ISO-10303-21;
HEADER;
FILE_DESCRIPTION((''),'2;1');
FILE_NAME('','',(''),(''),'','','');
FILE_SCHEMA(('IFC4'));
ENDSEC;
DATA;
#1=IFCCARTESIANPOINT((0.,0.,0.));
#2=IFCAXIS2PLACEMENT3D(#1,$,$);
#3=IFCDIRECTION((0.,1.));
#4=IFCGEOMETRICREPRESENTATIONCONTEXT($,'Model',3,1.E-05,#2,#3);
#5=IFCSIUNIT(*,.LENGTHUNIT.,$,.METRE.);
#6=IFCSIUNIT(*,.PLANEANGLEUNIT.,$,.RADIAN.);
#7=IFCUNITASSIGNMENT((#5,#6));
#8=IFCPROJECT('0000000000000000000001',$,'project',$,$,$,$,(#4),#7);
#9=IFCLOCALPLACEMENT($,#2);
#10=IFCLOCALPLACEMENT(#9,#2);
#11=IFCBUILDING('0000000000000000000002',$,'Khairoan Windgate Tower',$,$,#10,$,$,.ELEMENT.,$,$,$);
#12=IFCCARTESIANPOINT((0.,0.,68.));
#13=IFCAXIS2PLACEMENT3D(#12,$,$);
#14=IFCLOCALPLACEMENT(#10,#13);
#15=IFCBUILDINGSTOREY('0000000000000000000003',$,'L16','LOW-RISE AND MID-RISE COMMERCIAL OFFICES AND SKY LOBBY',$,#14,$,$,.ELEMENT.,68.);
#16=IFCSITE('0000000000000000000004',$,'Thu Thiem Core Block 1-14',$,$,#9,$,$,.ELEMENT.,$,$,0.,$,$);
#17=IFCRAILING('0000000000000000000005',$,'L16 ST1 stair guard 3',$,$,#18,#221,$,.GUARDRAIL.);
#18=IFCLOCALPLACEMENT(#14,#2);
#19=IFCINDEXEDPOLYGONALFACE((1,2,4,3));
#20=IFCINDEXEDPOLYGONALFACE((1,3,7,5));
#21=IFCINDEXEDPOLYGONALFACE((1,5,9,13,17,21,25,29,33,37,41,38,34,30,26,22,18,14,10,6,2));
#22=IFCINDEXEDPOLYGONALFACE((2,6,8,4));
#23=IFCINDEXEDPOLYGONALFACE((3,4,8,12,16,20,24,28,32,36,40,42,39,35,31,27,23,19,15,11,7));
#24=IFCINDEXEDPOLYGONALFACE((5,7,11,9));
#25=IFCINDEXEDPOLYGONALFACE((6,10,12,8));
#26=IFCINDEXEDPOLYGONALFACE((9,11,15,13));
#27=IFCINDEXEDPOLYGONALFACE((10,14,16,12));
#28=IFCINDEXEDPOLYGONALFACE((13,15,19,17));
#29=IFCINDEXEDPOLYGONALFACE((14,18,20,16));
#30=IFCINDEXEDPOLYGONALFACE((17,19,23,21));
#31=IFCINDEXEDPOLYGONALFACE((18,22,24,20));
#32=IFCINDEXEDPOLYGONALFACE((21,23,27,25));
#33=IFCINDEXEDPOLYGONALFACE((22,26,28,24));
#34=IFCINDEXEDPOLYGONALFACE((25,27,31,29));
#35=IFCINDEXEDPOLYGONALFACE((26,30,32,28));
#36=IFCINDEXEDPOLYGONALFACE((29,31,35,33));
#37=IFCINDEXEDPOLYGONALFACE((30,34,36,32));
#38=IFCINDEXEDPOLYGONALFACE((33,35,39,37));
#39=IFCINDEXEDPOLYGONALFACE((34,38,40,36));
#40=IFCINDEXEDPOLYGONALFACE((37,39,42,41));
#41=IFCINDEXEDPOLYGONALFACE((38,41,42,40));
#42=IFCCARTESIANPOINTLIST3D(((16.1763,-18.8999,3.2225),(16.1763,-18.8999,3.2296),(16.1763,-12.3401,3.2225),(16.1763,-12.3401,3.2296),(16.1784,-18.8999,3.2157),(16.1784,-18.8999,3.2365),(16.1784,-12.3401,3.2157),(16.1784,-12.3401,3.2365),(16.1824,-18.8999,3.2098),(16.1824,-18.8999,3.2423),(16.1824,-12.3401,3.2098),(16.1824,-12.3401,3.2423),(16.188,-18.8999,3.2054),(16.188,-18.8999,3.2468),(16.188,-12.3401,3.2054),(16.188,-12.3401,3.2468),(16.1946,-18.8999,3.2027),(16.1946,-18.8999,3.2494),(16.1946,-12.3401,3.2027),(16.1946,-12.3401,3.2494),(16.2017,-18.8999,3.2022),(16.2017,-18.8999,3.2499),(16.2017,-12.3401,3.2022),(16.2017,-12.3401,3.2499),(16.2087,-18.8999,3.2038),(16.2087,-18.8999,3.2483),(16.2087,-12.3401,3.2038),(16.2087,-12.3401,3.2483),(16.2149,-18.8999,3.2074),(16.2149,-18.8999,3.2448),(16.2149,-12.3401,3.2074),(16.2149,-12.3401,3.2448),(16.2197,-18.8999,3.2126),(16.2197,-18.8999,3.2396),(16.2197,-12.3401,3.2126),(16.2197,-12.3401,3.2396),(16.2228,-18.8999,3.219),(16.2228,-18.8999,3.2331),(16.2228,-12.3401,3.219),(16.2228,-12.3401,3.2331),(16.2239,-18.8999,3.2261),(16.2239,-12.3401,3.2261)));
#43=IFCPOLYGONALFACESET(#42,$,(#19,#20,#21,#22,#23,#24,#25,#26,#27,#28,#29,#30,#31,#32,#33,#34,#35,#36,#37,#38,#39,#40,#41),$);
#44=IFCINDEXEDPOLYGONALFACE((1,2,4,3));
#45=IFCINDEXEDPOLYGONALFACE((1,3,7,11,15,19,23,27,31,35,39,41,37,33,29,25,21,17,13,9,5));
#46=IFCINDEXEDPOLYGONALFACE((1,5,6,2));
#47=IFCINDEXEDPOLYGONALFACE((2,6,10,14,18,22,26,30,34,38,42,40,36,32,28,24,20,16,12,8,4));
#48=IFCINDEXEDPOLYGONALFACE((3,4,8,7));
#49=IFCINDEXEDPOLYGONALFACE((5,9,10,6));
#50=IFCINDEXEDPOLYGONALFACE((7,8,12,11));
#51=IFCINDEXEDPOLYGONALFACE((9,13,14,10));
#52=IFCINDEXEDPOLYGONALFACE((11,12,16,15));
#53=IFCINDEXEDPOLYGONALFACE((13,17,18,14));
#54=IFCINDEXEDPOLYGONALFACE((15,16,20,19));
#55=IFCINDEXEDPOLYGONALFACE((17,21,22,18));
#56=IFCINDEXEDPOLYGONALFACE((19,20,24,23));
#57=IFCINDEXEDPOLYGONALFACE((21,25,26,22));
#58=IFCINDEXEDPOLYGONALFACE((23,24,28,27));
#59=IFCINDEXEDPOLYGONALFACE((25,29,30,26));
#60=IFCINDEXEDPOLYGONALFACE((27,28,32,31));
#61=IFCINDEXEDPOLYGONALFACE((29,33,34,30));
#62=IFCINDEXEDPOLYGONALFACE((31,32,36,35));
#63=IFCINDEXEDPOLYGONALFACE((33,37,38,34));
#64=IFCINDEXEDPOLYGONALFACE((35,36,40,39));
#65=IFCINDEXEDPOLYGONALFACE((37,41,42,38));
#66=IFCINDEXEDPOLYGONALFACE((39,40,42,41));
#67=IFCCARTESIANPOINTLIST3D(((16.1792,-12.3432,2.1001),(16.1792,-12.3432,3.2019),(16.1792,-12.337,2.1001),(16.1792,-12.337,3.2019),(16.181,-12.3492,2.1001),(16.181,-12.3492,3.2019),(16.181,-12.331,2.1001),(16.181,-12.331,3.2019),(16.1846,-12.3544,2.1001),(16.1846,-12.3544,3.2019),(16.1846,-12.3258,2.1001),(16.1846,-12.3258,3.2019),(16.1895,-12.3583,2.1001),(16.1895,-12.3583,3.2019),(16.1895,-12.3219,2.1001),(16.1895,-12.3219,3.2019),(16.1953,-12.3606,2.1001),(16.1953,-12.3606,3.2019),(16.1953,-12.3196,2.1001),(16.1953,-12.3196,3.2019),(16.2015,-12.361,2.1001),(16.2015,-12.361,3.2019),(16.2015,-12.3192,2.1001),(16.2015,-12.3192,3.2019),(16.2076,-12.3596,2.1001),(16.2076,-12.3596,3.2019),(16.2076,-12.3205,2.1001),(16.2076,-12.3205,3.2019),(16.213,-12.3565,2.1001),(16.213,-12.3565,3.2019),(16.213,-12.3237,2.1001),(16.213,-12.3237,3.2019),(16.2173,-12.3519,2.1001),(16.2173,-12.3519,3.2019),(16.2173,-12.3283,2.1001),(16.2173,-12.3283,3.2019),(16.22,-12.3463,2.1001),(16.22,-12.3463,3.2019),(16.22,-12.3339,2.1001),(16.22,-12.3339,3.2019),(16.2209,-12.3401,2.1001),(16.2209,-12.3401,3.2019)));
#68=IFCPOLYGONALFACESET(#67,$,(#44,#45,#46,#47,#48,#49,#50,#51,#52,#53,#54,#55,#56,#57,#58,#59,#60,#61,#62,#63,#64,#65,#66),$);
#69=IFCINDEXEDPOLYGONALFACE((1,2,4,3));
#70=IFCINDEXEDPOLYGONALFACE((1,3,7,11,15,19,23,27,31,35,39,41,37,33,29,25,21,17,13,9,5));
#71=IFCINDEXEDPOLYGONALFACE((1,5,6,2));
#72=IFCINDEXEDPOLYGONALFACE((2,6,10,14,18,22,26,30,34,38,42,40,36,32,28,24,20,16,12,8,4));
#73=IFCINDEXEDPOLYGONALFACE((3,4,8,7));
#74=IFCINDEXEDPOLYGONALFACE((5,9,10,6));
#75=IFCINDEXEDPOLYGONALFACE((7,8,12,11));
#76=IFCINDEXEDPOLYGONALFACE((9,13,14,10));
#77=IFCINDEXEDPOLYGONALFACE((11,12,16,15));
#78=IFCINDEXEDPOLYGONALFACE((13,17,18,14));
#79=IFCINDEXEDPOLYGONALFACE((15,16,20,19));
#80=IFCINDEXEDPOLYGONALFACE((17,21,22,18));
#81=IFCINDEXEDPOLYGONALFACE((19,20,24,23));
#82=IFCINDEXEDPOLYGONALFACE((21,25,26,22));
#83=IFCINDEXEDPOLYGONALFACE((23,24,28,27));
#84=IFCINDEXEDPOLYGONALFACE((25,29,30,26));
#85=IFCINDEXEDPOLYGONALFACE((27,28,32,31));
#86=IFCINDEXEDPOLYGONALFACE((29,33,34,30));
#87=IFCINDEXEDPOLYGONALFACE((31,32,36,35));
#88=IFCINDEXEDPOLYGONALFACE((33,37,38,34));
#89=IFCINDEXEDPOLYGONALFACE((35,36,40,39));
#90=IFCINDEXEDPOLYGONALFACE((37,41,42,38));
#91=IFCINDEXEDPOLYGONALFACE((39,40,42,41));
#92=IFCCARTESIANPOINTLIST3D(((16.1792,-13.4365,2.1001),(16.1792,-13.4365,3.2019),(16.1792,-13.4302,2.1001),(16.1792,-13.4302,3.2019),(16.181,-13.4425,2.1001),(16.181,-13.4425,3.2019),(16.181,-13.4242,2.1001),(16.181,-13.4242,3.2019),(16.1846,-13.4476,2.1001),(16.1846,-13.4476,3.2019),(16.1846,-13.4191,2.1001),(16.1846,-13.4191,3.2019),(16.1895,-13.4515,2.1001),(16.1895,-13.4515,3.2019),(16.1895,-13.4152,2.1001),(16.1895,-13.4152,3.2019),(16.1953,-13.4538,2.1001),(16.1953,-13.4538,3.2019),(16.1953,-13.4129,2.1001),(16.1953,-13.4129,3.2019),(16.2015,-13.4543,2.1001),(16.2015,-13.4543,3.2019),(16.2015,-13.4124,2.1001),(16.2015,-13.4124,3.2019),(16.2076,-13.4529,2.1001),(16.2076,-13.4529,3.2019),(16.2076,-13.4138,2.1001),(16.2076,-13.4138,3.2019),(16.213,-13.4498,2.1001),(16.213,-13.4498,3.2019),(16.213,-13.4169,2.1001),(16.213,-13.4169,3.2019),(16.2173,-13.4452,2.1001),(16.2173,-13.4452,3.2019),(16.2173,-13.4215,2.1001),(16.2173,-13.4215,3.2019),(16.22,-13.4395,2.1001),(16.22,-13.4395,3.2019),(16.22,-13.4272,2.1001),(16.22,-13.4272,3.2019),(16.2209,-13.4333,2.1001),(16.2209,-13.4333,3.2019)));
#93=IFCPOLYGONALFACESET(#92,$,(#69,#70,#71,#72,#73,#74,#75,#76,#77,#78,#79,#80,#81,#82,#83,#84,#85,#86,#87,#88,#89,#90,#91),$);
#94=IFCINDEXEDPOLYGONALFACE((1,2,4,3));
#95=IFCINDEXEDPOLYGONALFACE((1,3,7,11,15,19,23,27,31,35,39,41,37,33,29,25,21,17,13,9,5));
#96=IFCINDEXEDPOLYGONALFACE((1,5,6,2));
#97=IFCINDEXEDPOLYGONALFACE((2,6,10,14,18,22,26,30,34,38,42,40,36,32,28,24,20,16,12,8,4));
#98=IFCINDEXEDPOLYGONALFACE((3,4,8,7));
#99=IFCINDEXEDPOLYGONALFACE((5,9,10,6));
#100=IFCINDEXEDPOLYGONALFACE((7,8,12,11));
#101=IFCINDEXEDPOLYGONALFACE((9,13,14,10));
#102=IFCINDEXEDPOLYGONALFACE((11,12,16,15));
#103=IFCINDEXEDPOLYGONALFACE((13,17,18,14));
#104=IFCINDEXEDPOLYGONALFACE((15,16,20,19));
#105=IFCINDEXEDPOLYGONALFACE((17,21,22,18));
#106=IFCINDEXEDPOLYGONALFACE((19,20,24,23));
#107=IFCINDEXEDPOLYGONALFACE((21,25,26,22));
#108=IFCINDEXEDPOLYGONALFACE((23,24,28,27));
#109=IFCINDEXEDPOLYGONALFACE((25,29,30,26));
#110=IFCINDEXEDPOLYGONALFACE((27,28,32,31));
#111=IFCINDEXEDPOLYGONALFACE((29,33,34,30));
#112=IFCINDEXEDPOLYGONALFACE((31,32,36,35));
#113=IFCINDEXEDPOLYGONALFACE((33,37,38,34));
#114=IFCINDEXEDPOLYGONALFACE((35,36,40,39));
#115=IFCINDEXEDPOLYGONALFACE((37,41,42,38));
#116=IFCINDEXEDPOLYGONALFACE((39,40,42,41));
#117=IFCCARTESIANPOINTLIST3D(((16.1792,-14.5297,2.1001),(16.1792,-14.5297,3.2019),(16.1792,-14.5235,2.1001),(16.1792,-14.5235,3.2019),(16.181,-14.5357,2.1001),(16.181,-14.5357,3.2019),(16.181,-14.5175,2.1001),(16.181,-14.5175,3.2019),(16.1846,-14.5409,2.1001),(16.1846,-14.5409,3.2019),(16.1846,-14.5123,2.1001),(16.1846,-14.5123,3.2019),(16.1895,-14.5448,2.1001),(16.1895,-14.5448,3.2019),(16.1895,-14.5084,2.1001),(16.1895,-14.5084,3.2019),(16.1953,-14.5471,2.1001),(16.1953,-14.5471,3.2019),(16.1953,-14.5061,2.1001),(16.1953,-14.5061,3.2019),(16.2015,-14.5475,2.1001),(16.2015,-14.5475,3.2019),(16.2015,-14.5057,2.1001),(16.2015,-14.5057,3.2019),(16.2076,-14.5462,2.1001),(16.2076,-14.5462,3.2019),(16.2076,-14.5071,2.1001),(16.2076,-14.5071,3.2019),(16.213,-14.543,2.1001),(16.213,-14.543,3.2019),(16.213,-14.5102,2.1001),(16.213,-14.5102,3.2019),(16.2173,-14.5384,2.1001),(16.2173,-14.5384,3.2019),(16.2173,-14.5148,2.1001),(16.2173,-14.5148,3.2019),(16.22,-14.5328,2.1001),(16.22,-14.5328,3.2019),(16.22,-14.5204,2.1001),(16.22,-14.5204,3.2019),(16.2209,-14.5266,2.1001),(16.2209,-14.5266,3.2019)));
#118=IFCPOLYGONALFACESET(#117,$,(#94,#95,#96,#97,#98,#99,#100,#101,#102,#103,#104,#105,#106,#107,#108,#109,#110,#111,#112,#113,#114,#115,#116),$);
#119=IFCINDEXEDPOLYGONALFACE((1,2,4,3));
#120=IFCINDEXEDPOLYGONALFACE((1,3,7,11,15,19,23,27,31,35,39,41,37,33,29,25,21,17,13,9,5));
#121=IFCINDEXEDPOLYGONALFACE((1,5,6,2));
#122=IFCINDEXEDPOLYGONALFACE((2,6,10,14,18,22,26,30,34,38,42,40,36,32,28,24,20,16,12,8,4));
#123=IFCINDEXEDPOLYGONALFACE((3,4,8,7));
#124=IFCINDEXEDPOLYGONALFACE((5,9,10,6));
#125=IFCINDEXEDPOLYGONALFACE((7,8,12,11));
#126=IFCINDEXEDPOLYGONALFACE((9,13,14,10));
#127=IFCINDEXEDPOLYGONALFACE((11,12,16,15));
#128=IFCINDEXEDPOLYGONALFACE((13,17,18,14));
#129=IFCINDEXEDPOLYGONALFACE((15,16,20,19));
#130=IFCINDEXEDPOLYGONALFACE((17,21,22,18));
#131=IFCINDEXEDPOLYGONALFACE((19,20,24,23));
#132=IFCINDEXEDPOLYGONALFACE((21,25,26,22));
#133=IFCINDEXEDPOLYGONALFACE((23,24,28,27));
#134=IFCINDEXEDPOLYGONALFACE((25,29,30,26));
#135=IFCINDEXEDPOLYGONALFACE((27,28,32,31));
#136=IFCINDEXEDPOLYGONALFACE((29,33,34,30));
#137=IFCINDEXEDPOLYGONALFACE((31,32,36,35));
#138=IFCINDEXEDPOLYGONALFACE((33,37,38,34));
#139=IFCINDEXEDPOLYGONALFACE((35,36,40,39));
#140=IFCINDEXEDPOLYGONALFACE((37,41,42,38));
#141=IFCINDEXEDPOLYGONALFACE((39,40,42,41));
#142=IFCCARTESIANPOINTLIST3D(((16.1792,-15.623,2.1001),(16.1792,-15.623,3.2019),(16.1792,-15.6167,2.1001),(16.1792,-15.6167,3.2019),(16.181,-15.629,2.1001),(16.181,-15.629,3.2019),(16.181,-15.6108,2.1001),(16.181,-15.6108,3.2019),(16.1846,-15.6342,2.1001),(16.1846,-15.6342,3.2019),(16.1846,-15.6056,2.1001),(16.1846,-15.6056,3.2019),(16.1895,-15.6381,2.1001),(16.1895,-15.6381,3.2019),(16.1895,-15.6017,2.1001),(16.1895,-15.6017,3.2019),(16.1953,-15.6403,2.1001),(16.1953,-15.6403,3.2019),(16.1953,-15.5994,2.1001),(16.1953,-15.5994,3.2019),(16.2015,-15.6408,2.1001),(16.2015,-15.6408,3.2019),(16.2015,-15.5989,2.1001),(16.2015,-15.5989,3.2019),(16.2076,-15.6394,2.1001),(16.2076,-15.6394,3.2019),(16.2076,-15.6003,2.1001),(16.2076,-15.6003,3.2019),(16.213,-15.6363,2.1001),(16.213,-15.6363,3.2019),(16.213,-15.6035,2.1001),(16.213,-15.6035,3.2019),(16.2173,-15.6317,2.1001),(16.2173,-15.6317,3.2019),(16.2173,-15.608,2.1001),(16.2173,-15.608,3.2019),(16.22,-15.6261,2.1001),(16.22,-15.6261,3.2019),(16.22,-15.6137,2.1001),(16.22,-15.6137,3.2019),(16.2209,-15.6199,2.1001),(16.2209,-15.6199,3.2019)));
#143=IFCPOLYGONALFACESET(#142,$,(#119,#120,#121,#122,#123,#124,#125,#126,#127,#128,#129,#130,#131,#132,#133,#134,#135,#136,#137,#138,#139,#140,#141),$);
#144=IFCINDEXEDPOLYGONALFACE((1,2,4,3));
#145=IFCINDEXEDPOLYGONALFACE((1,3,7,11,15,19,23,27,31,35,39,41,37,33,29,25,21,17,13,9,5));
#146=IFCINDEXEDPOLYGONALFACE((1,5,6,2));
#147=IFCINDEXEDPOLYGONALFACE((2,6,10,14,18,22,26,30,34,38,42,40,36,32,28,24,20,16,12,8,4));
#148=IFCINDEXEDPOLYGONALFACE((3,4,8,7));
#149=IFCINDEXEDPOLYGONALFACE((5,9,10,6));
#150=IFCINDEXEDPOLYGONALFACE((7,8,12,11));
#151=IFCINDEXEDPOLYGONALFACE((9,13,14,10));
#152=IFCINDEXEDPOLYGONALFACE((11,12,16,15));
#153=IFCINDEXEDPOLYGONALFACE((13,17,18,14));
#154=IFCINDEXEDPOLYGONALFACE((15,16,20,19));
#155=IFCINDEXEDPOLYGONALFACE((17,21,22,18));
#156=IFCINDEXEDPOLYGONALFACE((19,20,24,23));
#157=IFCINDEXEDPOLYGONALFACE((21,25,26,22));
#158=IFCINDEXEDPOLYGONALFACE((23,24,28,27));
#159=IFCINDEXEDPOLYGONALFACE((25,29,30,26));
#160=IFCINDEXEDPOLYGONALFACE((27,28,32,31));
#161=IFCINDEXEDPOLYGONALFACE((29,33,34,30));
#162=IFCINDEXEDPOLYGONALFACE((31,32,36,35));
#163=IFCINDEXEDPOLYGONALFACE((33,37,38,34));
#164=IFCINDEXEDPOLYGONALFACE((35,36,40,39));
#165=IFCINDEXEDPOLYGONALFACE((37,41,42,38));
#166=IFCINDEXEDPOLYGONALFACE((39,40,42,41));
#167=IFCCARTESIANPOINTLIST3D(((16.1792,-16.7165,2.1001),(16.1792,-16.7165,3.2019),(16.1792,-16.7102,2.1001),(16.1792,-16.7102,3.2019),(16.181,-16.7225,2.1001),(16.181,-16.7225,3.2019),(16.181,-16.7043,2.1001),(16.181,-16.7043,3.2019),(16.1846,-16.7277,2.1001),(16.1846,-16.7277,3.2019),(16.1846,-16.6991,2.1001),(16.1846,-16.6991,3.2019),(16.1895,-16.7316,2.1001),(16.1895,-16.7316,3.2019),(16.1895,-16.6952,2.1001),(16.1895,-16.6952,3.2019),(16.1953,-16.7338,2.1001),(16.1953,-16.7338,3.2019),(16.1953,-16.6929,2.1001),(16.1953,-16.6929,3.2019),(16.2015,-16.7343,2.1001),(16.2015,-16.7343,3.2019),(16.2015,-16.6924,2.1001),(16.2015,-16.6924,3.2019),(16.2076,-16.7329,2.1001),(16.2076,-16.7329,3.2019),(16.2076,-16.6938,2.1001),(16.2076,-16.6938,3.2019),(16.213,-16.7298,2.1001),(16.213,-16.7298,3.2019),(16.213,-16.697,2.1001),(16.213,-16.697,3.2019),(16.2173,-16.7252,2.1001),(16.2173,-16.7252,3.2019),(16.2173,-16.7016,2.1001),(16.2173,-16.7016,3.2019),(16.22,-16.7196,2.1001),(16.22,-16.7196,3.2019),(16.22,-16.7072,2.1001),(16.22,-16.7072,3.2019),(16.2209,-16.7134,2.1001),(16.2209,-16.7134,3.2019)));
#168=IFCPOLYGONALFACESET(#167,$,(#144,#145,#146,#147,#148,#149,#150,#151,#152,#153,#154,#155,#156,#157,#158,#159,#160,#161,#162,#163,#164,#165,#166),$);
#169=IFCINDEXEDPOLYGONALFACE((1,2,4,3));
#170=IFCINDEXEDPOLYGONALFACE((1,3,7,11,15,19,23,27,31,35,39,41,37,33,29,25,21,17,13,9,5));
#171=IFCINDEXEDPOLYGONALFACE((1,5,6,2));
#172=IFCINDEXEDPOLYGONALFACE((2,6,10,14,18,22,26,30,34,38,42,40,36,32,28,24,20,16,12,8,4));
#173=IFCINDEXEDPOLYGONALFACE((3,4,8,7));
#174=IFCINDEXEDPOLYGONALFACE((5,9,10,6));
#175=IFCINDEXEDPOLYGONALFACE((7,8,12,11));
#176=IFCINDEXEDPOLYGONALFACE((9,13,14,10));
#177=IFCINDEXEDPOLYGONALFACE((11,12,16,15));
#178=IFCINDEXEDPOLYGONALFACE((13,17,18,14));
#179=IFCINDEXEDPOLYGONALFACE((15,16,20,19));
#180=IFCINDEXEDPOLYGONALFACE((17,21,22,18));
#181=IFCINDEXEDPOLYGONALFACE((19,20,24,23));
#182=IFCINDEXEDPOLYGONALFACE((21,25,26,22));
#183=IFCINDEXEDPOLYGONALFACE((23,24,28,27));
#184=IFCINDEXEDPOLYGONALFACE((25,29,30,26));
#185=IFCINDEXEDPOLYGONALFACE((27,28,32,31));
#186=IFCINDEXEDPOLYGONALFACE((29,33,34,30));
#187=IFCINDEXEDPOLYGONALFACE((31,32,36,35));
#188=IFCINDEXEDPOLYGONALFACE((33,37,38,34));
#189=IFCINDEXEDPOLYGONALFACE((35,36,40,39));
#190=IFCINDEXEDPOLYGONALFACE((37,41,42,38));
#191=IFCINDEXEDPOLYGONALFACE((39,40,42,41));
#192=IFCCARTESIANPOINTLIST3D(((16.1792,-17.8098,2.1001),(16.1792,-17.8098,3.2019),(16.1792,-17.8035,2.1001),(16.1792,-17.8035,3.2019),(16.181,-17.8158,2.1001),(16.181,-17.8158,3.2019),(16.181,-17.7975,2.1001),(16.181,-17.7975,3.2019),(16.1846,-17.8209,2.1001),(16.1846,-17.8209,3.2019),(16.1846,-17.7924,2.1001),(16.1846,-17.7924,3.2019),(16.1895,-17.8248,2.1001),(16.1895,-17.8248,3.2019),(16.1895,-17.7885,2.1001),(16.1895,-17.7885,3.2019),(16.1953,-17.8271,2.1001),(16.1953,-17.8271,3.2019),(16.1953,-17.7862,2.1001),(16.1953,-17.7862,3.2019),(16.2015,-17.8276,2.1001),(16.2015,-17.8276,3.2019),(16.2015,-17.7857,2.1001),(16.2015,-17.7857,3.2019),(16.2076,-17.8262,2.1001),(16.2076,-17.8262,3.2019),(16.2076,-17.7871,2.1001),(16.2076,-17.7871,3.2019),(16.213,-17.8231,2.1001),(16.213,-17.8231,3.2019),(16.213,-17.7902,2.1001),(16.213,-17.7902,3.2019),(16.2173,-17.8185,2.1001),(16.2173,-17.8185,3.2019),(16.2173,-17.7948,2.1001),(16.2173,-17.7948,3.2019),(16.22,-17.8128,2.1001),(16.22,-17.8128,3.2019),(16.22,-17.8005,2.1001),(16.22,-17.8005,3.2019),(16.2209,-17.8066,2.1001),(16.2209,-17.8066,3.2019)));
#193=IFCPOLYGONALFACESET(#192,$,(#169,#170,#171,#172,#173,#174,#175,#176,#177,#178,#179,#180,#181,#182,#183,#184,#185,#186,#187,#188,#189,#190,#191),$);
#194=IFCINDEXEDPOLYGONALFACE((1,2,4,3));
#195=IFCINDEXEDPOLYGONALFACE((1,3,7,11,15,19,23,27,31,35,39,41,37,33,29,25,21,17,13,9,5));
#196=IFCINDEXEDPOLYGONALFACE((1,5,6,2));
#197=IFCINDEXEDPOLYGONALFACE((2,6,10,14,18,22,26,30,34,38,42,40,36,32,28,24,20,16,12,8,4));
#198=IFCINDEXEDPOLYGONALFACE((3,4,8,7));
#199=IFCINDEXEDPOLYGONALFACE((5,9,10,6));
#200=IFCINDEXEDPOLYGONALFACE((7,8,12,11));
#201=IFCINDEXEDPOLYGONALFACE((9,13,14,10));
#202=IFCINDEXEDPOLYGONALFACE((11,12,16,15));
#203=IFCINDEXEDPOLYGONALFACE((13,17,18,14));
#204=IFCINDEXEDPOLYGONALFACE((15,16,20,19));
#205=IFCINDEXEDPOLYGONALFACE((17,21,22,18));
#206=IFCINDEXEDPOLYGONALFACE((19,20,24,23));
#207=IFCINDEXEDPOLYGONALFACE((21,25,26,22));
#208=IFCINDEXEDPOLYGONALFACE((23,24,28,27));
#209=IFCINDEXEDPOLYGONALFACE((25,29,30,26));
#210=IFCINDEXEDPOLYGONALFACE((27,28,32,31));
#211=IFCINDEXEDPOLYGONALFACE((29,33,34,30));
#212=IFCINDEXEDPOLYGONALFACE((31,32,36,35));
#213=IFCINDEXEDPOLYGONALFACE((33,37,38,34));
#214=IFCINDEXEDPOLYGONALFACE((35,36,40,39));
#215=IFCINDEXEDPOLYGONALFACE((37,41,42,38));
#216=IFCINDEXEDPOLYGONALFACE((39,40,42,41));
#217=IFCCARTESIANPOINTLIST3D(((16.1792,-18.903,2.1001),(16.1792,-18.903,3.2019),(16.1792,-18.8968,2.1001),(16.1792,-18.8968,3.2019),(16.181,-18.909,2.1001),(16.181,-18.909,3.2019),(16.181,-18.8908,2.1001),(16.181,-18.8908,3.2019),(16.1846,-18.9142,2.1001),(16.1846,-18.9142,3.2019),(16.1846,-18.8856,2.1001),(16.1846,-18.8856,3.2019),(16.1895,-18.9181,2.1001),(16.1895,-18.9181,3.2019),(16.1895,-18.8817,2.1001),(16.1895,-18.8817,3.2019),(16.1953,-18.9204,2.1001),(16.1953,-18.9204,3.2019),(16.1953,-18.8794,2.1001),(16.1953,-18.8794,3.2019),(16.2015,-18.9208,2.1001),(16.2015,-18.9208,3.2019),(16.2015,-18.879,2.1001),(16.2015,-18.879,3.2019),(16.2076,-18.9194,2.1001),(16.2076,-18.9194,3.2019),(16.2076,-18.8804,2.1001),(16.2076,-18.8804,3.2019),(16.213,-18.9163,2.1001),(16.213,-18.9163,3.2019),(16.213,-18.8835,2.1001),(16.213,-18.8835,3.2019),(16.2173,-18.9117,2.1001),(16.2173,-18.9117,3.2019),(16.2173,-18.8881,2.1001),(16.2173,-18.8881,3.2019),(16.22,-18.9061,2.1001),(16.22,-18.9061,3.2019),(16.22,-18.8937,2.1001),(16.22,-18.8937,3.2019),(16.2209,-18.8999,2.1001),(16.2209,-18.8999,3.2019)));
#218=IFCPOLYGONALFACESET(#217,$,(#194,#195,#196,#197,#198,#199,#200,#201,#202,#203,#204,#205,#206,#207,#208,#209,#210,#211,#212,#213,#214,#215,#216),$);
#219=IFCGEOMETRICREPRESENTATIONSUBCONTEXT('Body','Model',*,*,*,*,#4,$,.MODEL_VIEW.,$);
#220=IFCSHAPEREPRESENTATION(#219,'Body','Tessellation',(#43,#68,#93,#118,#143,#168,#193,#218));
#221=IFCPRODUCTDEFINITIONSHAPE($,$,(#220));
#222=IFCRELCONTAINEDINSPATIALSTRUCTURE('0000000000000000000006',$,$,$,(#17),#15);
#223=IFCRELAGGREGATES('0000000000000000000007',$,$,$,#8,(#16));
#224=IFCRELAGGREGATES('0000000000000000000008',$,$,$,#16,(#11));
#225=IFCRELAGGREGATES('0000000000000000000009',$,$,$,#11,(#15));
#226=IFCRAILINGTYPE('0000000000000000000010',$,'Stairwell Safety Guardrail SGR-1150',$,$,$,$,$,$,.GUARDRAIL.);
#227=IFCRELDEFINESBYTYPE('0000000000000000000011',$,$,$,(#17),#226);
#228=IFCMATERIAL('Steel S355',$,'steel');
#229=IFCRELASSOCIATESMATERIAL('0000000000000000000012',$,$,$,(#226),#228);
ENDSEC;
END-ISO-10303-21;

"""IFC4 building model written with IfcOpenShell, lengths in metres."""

from ifc_helpers import new_model, si_unit, direction, frame, origin, origin_2d, place, context, subcontext, project, spatial, circle, extrude, material, type_object, element, save


model = new_model("IFC4")

# Units and contexts
model_context = context("Model", 3, precision=1e-05, world=origin(), true_north=direction((0.0, 1.0)))
body_context = subcontext(model_context, "Body", "Model", "MODEL_VIEW")
ifc_project = project(units=[si_unit("LENGTHUNIT", "METRE"), si_unit("PLANEANGLEUNIT", "RADIAN")], contexts=[model_context])

# Site, building, storey
site_placement = place(None, origin())
site = spatial("IfcSite", under=ifc_project, at=site_placement, Name="Thu Thiem Core Block 1-14", CompositionType="ELEMENT", RefElevation=0.0)
building_placement = place(site_placement, origin())
building = spatial("IfcBuilding", under=site, at=building_placement, Name="Khairoan Windgate Tower", CompositionType="ELEMENT")
storey_placement = place(building_placement, frame((0.0, 0.0, 68.0)))
storey = spatial("IfcBuildingStorey", under=building, at=storey_placement, Name="L16", Description="LOW-RISE AND MID-RISE COMMERCIAL OFFICES AND SKY LOBBY", CompositionType="ELEMENT", Elevation=68.0)

# Railing
ifc_material_1 = material(Name="Steel S355", Category="steel")
railing_type = type_object("IfcRailingType", Name="Stairwell Safety Guardrail SGR-1150", PredefinedType="GUARDRAIL", material=ifc_material_1)
railing_1_placement = place(storey_placement, frame((16.2, -12.3401, 2.1001)))
element("IfcRailing", 1, at=railing_1_placement, inside=storey, type_object=railing_type, Name="L16 ST1 stair guard 3", PredefinedType="GUARDRAIL", context=body_context, shape_type="SweptSolid", body=[
    extrude(circle(Radius=0.0239, at=origin_2d()), frame((0.0, 0.0, 1.126), z_axis=(0.0, -1.0, 0.0), x_axis=(1.0, 0.0, 0.0)), (0.0, 0.0, 1.0), 6.5598),
    extrude(circle(Radius=0.021, at=origin_2d()), origin(), (0.0, 0.0, 1.0), 1.1018),
    extrude(circle(Radius=0.021, at=origin_2d()), frame((0.0, -1.0933, 0.0)), (0.0, 0.0, 1.0), 1.1018),
    extrude(circle(Radius=0.021, at=origin_2d()), frame((0.0, -2.1865, 0.0)), (0.0, 0.0, 1.0), 1.1018),
    extrude(circle(Radius=0.021, at=origin_2d()), frame((0.0, -3.2798, 0.0)), (0.0, 0.0, 1.0), 1.1018),
    extrude(circle(Radius=0.021, at=origin_2d()), frame((0.0, -4.3733, 0.0)), (0.0, 0.0, 1.0), 1.1018),
    extrude(circle(Radius=0.021, at=origin_2d()), frame((0.0, -5.4666, 0.0)), (0.0, 0.0, 1.0), 1.1018),
    extrude(circle(Radius=0.021, at=origin_2d()), frame((0.0, -6.5598, 0.0)), (0.0, 0.0, 1.0), 1.1018),
])

save(model, "model.ifc")
